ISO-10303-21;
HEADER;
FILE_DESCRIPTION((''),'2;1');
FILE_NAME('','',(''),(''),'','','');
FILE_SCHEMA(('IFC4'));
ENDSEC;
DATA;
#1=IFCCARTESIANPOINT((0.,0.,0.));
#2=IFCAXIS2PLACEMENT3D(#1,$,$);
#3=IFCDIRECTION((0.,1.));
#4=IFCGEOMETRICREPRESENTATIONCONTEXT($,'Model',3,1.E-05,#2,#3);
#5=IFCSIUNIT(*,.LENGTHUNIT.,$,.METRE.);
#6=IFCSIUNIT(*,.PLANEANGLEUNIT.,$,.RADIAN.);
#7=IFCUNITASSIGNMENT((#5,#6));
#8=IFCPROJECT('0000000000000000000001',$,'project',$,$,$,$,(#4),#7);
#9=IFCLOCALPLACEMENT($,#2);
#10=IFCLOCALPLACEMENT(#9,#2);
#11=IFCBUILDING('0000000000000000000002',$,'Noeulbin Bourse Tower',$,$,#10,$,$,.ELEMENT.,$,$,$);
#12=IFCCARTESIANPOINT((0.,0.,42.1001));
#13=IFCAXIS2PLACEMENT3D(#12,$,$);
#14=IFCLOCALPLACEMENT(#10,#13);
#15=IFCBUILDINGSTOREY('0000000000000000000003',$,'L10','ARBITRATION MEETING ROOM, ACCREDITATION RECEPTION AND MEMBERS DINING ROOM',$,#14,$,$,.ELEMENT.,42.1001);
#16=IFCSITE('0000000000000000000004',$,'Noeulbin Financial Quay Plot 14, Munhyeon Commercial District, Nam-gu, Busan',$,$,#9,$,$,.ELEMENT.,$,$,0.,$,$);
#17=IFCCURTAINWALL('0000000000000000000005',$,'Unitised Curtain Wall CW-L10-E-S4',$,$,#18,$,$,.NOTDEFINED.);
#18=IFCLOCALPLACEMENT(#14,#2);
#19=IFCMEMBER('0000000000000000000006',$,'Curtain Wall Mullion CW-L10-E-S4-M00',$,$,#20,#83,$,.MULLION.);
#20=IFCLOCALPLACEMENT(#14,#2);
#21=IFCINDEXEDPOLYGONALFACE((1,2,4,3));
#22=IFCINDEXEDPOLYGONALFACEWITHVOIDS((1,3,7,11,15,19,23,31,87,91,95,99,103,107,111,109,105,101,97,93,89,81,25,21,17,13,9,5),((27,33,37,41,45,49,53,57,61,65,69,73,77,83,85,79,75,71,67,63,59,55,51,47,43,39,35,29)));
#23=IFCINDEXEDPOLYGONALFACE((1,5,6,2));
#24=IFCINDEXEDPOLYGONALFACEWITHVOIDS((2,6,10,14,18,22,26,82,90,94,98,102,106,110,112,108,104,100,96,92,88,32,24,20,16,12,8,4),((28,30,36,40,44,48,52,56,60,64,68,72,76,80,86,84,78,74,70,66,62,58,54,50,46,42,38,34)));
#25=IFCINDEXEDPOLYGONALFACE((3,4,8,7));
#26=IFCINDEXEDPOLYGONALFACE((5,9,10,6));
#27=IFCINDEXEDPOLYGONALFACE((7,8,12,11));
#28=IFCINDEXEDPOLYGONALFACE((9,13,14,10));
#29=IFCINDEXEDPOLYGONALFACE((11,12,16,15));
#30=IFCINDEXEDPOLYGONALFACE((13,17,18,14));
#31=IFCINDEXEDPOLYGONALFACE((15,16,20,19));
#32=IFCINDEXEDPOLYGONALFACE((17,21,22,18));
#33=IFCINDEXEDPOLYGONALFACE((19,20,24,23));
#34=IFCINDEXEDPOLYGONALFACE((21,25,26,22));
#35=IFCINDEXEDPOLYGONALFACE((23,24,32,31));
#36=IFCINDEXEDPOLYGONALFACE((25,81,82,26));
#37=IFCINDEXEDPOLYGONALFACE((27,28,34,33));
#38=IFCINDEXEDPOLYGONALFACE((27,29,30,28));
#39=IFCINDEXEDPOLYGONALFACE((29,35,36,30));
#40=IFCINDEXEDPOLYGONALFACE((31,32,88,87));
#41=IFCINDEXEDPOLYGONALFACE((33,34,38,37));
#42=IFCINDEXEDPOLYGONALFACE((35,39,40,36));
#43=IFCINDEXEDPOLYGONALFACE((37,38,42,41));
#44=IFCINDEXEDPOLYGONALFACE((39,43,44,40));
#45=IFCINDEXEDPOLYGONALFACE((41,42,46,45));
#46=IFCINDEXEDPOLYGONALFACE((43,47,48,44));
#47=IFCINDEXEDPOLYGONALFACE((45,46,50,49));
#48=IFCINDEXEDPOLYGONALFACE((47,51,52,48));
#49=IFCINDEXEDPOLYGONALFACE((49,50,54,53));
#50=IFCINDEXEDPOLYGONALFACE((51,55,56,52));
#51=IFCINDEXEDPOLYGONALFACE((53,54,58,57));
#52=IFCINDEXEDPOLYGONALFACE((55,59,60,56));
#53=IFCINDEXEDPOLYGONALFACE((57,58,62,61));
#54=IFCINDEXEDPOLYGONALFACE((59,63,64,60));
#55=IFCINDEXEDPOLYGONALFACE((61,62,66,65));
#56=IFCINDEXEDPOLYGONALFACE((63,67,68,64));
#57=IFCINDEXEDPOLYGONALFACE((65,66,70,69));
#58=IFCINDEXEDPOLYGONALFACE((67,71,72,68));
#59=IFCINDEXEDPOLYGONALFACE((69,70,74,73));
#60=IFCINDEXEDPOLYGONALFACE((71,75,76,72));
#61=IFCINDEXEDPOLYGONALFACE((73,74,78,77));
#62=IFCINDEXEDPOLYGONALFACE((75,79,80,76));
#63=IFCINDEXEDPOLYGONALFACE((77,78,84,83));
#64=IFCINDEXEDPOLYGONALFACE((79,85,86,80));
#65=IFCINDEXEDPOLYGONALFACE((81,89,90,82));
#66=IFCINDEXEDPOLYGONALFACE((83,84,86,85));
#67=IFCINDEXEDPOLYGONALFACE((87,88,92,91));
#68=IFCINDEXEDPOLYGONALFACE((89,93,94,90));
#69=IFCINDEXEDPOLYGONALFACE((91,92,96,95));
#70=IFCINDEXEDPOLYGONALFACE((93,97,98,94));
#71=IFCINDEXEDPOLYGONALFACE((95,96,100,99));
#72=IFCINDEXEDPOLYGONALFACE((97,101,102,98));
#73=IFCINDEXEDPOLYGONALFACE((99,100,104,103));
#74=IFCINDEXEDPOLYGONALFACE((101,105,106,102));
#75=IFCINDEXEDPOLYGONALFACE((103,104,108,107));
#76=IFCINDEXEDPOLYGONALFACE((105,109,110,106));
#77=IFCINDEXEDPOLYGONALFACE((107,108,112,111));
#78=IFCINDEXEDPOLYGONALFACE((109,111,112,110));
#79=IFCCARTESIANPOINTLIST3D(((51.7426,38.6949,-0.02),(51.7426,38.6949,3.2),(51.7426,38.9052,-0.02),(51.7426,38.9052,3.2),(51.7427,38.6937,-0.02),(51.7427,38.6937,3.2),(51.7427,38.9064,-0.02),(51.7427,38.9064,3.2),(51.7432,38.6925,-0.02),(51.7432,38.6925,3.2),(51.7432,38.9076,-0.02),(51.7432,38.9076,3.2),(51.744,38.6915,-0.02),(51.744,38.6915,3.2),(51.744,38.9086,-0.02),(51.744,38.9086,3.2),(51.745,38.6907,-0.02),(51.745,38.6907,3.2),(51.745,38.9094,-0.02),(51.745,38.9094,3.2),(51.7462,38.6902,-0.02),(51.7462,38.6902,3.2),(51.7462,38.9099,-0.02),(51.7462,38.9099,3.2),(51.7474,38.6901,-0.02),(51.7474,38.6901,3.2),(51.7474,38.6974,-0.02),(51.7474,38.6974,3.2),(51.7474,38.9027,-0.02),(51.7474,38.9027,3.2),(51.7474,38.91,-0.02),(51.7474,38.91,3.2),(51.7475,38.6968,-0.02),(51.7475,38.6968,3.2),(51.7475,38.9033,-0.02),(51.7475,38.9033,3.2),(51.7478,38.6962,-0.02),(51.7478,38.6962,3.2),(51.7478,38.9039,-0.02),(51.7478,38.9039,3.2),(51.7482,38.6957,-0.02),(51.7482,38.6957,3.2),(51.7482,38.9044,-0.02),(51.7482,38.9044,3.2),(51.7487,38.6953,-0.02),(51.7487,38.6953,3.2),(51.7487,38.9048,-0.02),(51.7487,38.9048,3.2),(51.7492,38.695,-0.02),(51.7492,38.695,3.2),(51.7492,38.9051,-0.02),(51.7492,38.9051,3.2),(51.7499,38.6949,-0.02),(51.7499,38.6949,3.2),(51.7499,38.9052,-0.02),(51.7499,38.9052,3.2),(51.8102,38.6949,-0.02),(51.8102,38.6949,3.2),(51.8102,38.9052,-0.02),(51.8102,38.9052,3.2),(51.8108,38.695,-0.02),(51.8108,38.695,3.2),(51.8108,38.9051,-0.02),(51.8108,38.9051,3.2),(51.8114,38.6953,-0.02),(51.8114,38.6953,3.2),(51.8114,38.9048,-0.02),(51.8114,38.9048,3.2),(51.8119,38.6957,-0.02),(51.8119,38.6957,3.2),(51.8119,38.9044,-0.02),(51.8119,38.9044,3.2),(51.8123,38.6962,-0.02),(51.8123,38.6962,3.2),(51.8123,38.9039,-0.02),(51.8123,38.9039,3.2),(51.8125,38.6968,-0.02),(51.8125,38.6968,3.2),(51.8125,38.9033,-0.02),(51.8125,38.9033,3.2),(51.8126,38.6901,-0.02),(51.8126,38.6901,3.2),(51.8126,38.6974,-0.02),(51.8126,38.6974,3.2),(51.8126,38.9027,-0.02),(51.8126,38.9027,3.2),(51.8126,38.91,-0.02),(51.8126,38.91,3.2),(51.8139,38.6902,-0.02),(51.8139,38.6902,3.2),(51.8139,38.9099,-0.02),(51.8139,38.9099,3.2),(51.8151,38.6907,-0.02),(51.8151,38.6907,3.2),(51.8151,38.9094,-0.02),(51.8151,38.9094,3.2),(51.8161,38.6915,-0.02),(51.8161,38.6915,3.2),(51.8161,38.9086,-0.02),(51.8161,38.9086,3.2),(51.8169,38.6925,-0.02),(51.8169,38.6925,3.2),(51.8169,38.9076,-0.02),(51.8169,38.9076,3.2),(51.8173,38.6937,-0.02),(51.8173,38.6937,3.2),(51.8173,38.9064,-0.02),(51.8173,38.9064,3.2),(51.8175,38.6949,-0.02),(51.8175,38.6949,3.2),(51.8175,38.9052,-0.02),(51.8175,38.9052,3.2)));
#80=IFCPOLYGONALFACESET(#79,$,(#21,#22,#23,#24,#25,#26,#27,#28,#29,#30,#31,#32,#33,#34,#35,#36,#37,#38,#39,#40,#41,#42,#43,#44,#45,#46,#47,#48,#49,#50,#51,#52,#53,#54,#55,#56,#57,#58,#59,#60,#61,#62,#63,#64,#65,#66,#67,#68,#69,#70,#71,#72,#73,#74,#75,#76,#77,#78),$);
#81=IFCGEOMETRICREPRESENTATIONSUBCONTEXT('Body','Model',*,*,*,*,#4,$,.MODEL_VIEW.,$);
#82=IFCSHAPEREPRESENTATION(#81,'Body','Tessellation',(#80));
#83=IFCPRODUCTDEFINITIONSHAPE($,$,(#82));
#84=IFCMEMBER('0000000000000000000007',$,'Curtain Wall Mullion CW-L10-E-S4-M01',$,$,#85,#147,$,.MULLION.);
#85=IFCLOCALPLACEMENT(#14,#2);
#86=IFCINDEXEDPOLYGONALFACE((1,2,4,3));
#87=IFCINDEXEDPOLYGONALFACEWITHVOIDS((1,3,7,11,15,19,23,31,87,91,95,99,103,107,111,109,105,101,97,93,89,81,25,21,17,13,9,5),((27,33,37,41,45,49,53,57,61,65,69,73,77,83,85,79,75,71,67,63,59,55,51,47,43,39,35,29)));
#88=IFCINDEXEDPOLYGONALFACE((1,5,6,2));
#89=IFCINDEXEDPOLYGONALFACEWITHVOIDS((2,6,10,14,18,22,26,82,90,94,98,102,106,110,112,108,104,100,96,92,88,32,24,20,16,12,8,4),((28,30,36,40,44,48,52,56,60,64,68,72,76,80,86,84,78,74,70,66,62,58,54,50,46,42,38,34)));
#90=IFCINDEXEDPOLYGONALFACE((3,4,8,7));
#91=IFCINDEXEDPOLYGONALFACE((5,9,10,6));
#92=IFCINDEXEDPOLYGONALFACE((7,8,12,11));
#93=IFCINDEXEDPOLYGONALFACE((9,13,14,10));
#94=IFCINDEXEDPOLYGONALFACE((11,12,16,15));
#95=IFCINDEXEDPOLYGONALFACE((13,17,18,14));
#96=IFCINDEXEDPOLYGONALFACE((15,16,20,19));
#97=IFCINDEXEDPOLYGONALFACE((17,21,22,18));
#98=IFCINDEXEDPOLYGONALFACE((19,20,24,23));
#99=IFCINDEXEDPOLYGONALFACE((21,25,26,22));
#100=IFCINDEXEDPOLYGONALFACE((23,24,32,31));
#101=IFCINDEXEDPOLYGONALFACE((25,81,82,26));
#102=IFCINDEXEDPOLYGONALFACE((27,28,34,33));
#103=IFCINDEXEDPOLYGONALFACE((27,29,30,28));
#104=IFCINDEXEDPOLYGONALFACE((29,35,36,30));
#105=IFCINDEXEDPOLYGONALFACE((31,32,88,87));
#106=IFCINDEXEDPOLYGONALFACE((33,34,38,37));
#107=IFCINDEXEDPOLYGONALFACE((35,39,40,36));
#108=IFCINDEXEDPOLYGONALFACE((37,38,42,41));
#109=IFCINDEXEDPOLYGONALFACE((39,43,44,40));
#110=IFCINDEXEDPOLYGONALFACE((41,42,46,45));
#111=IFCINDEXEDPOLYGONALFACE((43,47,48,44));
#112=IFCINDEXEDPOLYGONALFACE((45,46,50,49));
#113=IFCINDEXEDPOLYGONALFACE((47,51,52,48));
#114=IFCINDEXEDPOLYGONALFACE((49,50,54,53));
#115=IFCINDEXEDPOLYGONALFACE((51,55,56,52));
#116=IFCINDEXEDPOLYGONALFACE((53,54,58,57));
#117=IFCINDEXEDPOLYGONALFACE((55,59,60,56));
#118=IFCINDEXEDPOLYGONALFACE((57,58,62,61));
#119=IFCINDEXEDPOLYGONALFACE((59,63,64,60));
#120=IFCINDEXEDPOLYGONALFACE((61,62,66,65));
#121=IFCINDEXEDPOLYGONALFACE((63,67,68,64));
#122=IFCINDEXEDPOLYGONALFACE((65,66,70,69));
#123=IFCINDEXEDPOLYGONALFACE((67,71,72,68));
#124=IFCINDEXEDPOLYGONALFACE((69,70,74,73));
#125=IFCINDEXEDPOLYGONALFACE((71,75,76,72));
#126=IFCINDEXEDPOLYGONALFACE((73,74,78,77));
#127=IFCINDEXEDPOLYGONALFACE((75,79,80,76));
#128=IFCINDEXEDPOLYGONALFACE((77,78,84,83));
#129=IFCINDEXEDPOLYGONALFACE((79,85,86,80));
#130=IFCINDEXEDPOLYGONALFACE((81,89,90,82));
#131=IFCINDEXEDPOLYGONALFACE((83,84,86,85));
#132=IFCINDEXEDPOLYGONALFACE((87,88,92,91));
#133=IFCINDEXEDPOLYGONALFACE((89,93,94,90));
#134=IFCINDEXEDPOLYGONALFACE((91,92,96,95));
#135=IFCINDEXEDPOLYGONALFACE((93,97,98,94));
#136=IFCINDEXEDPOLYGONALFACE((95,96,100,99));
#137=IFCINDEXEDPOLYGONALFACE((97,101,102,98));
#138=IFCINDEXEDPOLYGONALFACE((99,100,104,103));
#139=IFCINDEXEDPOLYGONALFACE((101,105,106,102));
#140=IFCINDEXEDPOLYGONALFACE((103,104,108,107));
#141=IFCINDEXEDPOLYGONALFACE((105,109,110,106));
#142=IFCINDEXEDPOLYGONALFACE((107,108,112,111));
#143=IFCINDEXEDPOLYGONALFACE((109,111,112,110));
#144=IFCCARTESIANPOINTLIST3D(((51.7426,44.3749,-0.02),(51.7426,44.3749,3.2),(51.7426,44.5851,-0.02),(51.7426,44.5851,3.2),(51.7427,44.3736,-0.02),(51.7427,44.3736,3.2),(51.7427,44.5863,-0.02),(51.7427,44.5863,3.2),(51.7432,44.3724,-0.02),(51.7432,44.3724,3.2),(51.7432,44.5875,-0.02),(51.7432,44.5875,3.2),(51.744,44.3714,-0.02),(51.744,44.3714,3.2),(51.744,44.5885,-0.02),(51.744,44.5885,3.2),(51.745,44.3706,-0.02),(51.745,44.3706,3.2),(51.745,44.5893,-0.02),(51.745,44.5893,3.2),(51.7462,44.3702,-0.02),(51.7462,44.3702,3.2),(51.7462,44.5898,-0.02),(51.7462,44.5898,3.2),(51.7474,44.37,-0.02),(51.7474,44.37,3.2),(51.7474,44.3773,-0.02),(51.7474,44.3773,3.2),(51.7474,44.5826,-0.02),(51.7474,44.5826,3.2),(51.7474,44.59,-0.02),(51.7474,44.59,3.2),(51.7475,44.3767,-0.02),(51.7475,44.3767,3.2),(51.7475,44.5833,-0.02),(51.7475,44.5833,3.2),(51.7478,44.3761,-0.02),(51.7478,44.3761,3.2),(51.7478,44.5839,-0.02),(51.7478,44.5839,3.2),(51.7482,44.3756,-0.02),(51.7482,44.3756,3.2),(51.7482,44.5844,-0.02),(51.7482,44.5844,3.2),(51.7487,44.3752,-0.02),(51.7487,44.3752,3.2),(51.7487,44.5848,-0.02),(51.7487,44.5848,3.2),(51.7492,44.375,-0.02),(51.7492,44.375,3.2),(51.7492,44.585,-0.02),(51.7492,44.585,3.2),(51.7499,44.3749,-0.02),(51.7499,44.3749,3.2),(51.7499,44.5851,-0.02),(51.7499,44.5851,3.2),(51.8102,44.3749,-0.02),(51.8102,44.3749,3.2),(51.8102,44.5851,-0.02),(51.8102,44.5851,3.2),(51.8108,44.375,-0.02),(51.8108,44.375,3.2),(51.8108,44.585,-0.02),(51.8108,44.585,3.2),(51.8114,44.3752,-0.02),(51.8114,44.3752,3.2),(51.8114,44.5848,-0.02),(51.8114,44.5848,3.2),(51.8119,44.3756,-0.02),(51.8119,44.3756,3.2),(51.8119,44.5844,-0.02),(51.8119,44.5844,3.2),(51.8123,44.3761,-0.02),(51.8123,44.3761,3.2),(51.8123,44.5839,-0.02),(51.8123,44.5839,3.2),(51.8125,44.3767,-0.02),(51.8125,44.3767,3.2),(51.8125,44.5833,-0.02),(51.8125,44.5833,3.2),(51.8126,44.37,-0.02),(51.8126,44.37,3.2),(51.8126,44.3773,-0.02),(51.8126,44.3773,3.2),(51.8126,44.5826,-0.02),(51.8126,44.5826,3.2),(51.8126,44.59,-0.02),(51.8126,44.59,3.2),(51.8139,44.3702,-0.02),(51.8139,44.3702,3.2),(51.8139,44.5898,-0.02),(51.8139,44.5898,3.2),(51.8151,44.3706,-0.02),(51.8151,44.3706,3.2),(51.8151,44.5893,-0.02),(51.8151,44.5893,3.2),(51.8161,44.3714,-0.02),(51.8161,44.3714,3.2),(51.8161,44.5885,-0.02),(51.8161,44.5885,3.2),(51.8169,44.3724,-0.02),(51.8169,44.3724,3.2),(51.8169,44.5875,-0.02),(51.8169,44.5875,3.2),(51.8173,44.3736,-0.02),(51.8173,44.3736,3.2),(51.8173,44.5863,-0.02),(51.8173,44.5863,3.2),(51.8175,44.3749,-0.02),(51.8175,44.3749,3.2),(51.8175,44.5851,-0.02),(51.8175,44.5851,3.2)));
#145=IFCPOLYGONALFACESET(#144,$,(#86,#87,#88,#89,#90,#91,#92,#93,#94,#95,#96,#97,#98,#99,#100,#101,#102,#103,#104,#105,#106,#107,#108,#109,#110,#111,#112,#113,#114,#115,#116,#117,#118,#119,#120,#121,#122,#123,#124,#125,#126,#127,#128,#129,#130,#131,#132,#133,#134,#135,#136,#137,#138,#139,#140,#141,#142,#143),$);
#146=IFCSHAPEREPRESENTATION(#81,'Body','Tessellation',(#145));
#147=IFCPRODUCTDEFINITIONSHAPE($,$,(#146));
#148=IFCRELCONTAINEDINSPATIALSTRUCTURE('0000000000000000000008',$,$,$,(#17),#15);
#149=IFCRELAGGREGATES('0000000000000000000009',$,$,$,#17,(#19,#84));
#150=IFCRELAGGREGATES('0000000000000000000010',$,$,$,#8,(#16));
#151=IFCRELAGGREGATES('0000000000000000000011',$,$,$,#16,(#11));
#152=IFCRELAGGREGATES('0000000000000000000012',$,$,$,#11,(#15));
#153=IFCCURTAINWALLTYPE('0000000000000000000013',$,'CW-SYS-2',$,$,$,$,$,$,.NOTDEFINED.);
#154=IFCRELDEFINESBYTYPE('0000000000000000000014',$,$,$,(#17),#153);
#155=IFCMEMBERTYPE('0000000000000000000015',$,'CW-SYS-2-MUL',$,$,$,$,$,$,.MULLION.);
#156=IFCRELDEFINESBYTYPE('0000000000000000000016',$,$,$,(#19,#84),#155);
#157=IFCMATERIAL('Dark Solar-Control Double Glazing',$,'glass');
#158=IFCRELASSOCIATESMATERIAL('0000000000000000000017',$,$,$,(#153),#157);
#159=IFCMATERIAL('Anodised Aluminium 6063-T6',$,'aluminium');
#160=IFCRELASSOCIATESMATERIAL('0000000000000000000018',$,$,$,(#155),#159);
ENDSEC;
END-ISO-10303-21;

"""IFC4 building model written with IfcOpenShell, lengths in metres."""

from ifc_helpers import new_model, si_unit, direction, frame, origin, origin_2d, place, context, subcontext, project, spatial, hollow_rectangle, extrude, material, material_profile, profile_set, type_object, element, aggregate, save


model = new_model("IFC4")

# Units and contexts
model_context = context("Model", 3, precision=1e-05, world=origin(), true_north=direction((0.0, 1.0)))
body_context = subcontext(model_context, "Body", "Model", "MODEL_VIEW")
ifc_project = project(units=[si_unit("LENGTHUNIT", "METRE"), si_unit("PLANEANGLEUNIT", "RADIAN")], contexts=[model_context])

# Site, building, storey
site_placement = place(None, origin())
site = spatial("IfcSite", under=ifc_project, at=site_placement, Name="Noeulbin Financial Quay Plot 14, Munhyeon Commercial District, Nam-gu, Busan", CompositionType="ELEMENT", RefElevation=0.0)
building_placement = place(site_placement, origin())
building = spatial("IfcBuilding", under=site, at=building_placement, Name="Noeulbin Bourse Tower", CompositionType="ELEMENT")
storey_placement = place(building_placement, frame((0.0, 0.0, 42.1001)))
storey = spatial("IfcBuildingStorey", under=building, at=storey_placement, Name="L10", Description="ARBITRATION MEETING ROOM, ACCREDITATION RECEPTION AND MEMBERS DINING ROOM", CompositionType="ELEMENT", Elevation=42.1001)

# Shared definitions
ifc_material_1 = material(Name="Dark Solar-Control Double Glazing", Category="glass")
curtain_wall_type = type_object("IfcCurtainWallType", Name="CW-SYS-2", PredefinedType="NOTDEFINED", material=ifc_material_1)
ifc_material_2 = material(Name="Anodised Aluminium 6063-T6", Category="aluminium")
ifc_material_profile_1 = material_profile(ifc_material_2, hollow_rectangle(XDim=0.075, YDim=0.22, WallThickness=0.0049, InnerFilletRadius=0.0024, OuterFilletRadius=0.0049, at=origin_2d()), Name="ALU-MULL-75x220x5", Category="LoadBearing")
ifc_profile_set_1 = profile_set([ifc_material_profile_1], Name="Anodised Aluminium 6063-T6")
member_type_1 = type_object("IfcMemberType", Name="CW-SYS-2-MUL", PredefinedType="MULLION", material=ifc_profile_set_1)

# Curtain wall, members
curtain_wall_1_placement = place(storey_placement, origin())
curtain_wall_1 = element("IfcCurtainWall", 1, at=curtain_wall_1_placement, inside=storey, type_object=curtain_wall_type, Name="Unitised Curtain Wall CW-L10-E-S4", PredefinedType="NOTDEFINED")
member_1_placement = place(storey_placement, frame((51.78, 38.8, -0.02), z_axis=(0.0, 0.0, 1.0), x_axis=(1.0, 0.0, 0.0)))
member_1 = element("IfcMember", 2, at=member_1_placement, type_object=member_type_1, Name="Curtain Wall Mullion CW-L10-E-S4-M00", PredefinedType="MULLION", context=body_context, shape_type="SweptSolid", body=[
    extrude(hollow_rectangle(XDim=0.075, YDim=0.22, WallThickness=0.0049, InnerFilletRadius=0.0024, OuterFilletRadius=0.0049, at=origin_2d()), origin(), (0.0, 0.0, 1.0), 3.22),
])
member_2_placement = place(storey_placement, frame((51.78, 44.48, -0.02), z_axis=(0.0, 0.0, 1.0), x_axis=(1.0, 0.0, 0.0)))
member_2 = element("IfcMember", 3, at=member_2_placement, type_object=member_type_1, Name="Curtain Wall Mullion CW-L10-E-S4-M01", PredefinedType="MULLION", context=body_context, shape_type="SweptSolid", body=[
    extrude(hollow_rectangle(XDim=0.075, YDim=0.22, WallThickness=0.0049, InnerFilletRadius=0.0024, OuterFilletRadius=0.0049, at=origin_2d()), origin(), (0.0, 0.0, 1.0), 3.22),
])

aggregate(curtain_wall_1, [member_1, member_2])

save(model, "model.ifc")
